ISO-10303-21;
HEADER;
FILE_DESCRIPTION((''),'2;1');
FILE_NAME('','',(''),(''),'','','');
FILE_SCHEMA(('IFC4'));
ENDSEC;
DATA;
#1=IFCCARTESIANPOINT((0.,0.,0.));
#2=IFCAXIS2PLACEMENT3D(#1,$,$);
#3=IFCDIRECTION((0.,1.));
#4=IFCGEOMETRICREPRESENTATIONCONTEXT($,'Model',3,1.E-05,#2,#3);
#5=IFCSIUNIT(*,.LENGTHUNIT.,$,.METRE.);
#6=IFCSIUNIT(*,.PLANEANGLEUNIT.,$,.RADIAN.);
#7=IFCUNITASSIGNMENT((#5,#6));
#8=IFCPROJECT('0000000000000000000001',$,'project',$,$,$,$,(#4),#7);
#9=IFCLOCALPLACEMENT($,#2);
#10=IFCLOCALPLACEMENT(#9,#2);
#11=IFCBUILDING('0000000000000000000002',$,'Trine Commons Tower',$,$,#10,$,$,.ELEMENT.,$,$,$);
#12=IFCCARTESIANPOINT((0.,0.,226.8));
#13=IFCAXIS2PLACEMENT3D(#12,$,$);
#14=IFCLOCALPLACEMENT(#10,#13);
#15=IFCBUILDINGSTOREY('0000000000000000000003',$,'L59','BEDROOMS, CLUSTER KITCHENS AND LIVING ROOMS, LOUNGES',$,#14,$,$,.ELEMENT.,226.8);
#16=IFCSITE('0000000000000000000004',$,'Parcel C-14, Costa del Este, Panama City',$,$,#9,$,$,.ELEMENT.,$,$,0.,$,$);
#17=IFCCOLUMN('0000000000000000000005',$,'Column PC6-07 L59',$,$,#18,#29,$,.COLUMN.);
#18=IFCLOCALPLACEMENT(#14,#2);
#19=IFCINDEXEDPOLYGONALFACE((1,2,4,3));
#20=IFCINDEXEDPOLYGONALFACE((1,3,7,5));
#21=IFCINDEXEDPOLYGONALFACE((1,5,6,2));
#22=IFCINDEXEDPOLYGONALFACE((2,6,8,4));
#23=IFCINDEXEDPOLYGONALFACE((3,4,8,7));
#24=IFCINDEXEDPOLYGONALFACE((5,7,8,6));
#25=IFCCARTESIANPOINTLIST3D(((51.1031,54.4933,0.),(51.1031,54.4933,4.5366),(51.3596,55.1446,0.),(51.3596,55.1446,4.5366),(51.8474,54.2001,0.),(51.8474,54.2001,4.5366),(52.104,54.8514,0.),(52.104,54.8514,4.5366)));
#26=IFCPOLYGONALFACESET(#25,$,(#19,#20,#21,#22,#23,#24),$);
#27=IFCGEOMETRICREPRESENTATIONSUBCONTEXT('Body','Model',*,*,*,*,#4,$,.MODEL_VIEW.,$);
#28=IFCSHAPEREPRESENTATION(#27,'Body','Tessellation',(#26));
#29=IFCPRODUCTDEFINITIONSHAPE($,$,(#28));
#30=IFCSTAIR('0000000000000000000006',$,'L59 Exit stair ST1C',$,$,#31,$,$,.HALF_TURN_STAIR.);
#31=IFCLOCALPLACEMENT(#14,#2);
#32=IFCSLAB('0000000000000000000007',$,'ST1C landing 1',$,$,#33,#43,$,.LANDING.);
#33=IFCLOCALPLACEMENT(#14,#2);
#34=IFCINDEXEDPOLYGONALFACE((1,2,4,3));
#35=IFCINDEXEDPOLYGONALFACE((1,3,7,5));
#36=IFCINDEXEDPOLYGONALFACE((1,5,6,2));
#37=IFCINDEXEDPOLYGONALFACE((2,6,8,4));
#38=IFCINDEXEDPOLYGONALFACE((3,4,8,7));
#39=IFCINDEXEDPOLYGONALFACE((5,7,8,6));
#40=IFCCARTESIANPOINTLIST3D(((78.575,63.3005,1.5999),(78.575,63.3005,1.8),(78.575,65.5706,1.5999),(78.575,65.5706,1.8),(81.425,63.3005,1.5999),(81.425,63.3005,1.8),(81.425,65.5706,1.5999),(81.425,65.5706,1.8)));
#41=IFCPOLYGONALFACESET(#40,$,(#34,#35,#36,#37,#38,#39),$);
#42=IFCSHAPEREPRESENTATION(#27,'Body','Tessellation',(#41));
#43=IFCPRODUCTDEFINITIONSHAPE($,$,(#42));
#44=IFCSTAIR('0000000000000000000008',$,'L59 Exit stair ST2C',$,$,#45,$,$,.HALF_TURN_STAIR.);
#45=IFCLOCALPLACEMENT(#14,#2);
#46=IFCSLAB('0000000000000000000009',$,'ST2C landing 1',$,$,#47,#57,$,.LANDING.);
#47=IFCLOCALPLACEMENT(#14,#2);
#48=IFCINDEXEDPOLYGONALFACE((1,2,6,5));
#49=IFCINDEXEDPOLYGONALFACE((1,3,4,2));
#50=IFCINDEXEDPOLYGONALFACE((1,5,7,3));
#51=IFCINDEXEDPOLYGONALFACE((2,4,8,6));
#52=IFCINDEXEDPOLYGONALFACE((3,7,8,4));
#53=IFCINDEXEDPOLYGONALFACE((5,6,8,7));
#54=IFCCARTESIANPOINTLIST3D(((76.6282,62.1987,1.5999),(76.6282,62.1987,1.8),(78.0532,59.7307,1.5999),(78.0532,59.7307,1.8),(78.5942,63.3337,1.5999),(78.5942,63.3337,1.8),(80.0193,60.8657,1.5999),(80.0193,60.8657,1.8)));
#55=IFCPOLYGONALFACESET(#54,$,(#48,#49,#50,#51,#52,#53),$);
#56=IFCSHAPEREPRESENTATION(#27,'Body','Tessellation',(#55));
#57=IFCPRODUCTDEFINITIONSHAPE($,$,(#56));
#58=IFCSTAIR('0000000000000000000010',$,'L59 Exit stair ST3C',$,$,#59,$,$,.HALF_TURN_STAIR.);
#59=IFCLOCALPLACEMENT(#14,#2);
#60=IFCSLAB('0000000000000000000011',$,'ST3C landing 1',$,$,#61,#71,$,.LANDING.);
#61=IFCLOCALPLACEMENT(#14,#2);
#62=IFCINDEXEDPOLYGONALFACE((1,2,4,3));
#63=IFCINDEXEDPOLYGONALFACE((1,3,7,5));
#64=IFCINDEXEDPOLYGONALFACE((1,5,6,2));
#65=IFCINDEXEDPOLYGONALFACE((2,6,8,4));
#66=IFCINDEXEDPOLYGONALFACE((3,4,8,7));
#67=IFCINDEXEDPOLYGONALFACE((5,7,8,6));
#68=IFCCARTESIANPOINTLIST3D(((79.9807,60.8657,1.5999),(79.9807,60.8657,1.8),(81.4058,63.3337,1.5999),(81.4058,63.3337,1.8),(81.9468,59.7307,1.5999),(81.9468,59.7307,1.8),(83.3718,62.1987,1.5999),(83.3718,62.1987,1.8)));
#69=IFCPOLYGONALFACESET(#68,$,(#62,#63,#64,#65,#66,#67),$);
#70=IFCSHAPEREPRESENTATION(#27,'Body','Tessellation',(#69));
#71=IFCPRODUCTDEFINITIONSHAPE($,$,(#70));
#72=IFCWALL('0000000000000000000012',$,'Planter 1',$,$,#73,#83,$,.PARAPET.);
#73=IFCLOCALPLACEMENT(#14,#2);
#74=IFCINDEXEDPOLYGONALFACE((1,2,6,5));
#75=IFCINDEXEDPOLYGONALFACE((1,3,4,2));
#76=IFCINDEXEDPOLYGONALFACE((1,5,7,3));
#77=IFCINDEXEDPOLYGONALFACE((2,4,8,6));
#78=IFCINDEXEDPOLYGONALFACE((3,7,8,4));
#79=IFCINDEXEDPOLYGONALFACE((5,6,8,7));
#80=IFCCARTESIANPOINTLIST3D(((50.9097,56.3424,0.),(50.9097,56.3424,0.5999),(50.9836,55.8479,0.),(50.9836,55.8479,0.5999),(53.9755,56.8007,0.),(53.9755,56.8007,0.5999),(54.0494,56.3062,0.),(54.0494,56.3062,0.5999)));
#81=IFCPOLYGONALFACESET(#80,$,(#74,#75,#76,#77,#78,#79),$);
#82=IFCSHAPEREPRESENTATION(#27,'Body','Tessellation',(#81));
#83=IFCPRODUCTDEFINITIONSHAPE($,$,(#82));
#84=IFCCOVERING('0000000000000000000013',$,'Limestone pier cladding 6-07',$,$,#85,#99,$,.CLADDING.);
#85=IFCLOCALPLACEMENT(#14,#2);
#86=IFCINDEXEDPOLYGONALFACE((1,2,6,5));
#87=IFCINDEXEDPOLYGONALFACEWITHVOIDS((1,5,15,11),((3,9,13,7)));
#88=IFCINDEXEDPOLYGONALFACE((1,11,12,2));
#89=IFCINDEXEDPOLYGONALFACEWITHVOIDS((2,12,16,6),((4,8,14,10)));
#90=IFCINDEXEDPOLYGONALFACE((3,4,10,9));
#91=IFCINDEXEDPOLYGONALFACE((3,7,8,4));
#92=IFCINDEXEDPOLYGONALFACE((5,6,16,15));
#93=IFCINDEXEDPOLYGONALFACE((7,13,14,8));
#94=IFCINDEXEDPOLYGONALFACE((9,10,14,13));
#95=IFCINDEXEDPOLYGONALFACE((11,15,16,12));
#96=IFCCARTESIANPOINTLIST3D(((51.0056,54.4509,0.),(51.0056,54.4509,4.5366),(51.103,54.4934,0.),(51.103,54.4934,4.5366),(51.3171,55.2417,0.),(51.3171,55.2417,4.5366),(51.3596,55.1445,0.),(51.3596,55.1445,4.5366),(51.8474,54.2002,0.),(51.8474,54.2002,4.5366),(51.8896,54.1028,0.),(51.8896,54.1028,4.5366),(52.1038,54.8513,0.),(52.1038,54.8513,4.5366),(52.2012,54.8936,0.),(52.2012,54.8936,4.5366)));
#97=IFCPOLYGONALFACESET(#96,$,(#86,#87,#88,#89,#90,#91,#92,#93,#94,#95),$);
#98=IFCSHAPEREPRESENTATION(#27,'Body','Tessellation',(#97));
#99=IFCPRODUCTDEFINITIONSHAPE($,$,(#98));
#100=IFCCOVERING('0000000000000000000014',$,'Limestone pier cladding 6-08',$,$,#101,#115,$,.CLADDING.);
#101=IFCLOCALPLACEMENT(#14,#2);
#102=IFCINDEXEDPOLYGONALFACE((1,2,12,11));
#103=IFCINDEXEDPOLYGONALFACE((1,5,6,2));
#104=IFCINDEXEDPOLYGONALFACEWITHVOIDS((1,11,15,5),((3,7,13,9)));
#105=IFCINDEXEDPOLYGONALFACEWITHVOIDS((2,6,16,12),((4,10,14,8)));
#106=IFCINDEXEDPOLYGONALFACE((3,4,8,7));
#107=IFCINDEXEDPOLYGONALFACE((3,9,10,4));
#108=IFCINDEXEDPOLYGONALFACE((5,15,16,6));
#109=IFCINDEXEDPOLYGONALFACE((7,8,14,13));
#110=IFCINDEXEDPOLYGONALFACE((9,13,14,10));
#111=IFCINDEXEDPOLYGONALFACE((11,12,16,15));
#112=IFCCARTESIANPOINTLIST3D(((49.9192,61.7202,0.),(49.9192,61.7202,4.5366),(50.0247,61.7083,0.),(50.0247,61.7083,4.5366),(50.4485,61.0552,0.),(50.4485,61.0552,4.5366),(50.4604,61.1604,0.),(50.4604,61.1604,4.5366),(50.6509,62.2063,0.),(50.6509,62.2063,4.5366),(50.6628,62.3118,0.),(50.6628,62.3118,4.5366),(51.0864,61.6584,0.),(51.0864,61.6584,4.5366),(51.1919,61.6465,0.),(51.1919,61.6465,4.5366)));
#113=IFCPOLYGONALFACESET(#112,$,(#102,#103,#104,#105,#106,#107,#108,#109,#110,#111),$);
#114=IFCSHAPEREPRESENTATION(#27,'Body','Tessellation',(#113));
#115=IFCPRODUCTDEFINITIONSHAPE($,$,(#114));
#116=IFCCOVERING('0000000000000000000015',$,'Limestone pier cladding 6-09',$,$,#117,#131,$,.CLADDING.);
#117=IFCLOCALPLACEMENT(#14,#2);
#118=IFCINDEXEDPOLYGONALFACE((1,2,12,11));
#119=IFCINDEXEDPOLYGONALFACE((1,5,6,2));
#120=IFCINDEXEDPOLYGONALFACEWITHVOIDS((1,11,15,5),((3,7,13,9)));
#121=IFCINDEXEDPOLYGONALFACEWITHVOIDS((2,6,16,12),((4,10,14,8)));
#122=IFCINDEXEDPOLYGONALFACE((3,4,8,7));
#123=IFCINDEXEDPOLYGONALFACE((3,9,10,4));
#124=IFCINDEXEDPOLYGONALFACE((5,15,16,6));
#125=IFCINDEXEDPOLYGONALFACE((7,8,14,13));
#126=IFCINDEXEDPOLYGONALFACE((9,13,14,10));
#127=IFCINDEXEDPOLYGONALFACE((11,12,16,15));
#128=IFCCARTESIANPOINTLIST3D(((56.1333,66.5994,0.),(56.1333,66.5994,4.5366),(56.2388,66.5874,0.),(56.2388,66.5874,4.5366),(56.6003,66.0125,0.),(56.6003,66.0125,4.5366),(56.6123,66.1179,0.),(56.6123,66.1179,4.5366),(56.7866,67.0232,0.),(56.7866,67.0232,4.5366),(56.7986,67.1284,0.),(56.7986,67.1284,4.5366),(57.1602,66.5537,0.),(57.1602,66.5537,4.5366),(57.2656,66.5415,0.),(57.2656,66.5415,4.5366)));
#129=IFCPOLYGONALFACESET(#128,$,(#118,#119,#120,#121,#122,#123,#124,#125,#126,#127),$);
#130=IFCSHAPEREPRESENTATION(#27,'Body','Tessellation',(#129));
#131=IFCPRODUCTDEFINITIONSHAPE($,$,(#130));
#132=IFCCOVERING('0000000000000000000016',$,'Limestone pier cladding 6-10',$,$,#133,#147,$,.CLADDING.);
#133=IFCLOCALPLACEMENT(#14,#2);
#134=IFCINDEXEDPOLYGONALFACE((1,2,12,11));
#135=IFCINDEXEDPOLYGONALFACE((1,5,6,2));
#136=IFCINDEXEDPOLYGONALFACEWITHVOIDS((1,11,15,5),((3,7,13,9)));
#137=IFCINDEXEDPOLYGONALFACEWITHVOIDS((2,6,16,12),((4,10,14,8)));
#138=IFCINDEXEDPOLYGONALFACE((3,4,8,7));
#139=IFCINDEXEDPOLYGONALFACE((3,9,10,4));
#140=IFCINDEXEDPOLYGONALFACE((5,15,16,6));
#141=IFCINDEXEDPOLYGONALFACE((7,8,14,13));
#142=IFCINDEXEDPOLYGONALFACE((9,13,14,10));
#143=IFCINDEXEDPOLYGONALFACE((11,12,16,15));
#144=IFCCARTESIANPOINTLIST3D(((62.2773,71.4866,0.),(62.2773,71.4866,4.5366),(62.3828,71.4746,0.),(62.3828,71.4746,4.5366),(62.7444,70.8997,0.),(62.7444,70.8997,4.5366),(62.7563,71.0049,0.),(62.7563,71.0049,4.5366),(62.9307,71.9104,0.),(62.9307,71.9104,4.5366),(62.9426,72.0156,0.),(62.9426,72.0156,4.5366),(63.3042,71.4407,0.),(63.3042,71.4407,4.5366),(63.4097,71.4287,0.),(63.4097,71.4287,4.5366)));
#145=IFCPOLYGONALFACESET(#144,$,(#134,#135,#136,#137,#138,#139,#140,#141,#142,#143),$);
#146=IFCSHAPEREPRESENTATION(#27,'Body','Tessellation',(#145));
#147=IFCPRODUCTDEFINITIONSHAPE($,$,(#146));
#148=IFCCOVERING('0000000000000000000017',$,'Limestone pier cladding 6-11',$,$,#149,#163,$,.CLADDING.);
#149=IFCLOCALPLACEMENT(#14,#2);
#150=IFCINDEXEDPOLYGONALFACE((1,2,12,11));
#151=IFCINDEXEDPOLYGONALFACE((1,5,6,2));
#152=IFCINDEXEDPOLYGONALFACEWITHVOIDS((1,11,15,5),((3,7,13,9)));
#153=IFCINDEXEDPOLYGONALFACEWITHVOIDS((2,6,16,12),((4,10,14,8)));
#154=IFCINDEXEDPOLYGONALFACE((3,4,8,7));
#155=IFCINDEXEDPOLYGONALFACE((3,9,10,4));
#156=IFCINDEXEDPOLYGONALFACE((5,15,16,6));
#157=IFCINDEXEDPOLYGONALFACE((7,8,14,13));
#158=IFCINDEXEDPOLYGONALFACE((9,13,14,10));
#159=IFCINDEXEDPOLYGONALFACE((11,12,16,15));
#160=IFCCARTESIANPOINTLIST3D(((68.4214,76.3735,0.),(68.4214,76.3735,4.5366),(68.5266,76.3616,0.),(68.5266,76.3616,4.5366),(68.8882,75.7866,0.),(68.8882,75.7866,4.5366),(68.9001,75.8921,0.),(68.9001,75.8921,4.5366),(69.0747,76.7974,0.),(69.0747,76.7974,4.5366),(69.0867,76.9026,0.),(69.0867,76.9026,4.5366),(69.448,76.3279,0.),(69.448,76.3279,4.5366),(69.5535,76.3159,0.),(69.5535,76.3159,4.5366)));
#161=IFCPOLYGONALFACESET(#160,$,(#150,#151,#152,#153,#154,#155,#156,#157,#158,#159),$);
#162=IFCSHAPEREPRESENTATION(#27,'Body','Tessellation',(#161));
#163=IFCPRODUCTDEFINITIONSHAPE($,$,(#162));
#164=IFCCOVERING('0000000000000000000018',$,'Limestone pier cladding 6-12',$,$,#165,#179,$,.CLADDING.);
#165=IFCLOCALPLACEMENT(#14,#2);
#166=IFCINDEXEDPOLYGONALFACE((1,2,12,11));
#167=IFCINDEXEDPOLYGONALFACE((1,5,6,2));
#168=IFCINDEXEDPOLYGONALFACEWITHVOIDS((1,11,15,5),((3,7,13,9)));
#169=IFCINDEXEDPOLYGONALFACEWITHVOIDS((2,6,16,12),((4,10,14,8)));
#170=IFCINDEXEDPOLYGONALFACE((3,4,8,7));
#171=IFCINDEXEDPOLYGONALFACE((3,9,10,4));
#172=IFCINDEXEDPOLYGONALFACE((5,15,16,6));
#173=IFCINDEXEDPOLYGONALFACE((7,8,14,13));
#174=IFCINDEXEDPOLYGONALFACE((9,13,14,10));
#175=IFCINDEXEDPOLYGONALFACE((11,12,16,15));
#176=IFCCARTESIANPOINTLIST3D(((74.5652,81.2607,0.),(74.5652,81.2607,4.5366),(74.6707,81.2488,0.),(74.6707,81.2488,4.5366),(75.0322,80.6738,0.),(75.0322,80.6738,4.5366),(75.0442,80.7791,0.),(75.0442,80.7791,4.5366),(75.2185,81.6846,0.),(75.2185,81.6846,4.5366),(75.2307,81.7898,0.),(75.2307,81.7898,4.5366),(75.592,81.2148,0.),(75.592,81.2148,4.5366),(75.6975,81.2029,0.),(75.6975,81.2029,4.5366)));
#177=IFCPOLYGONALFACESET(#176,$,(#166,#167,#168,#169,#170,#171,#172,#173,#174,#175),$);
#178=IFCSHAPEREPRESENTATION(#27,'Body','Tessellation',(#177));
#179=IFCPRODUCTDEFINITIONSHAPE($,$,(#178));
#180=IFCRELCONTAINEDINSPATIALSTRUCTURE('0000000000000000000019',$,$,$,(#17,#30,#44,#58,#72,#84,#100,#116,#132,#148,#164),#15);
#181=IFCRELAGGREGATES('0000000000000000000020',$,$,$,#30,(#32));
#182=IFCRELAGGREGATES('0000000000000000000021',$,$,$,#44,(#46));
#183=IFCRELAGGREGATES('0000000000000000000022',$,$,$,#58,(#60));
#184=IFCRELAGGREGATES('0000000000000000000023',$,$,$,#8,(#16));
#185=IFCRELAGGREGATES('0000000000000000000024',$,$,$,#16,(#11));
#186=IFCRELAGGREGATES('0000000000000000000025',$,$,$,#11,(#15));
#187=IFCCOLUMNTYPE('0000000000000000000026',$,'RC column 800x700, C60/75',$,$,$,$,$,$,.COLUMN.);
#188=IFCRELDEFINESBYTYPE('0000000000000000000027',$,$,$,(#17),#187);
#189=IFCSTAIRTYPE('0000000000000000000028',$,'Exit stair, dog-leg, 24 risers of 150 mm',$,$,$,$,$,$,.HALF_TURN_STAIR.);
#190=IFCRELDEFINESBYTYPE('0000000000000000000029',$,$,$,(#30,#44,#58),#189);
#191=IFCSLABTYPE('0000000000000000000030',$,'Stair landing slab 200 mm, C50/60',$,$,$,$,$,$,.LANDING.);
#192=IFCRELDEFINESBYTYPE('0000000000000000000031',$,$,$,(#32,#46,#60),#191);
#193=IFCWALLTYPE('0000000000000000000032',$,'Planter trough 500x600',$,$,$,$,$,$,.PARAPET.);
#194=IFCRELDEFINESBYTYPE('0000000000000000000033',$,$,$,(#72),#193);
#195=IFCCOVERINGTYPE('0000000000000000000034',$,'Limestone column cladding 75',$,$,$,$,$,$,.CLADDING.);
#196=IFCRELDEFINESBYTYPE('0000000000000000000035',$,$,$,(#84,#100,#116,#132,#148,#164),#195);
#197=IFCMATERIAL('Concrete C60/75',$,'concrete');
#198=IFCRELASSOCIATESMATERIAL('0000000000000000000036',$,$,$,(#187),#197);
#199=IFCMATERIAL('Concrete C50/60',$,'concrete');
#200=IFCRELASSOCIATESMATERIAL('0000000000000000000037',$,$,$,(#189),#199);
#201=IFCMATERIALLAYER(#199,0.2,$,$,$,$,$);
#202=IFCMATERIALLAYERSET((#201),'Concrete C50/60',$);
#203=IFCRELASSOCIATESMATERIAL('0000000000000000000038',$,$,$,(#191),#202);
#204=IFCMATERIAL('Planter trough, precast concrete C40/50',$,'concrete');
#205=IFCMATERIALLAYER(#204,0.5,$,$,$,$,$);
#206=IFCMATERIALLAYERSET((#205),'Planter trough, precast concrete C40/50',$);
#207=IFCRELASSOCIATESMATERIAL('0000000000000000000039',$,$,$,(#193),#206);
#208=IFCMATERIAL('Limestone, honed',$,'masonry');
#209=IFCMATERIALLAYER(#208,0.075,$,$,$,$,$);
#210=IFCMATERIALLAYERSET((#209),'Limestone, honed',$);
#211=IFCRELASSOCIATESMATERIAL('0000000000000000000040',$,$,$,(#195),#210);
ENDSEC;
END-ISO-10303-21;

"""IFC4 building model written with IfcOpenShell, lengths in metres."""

from ifc_helpers import new_model, si_unit, direction, frame, frame_2d, origin, origin_2d, place, context, subcontext, project, spatial, polyline, rectangle, outline, extrude, material, layer, layer_set, material_profile, profile_set, type_object, element, aggregate, save


model = new_model("IFC4")

# Units and contexts
model_context = context("Model", 3, precision=1e-05, world=origin(), true_north=direction((0.0, 1.0)))
body_context = subcontext(model_context, "Body", "Model", "MODEL_VIEW")
ifc_project = project(units=[si_unit("LENGTHUNIT", "METRE"), si_unit("PLANEANGLEUNIT", "RADIAN")], contexts=[model_context])

# Site, building, storey
site_placement = place(None, origin())
site = spatial("IfcSite", under=ifc_project, at=site_placement, Name="Parcel C-14, Costa del Este, Panama City", CompositionType="ELEMENT", RefElevation=0.0)
building_placement = place(site_placement, origin())
building = spatial("IfcBuilding", under=site, at=building_placement, Name="Trine Commons Tower", CompositionType="ELEMENT")
storey_placement = place(building_placement, frame((0.0, 0.0, 226.8)))
storey = spatial("IfcBuildingStorey", under=building, at=storey_placement, Name="L59", Description="BEDROOMS, CLUSTER KITCHENS AND LIVING ROOMS, LOUNGES", CompositionType="ELEMENT", Elevation=226.8)

# Column
ifc_material_1 = material(Name="Concrete C60/75", Category="concrete")
ifc_material_profile = material_profile(ifc_material_1, rectangle(XDim=0.8, YDim=0.7, at=origin_2d()), Name="RC 800x700")
ifc_profile_set = profile_set([ifc_material_profile], Name="Concrete C60/75")
column_type = type_object("IfcColumnType", Name="RC column 800x700, C60/75", PredefinedType="COLUMN", material=ifc_profile_set)
column_placement = place(storey_placement, frame((51.6035, 54.6724, 0.0), z_axis=(0.0, 0.0, 1.0), x_axis=(-0.930418, 0.366501, 0.0)))
element("IfcColumn", 1, at=column_placement, inside=storey, type_object=column_type, Name="Column PC6-07 L59", PredefinedType="COLUMN", context=body_context, shape_type="SweptSolid", body=[
    extrude(rectangle(XDim=0.8, YDim=0.7, at=origin_2d()), origin(), (0.0, 0.0, 1.0), 4.5366),
])

# Stairs, slabs
ifc_material_2 = material(Name="Concrete C50/60", Category="concrete")
stair_type = type_object("IfcStairType", Name="Exit stair, dog-leg, 24 risers of 150 mm", PredefinedType="HALF_TURN_STAIR", material=ifc_material_2)
stair_1_placement = place(storey_placement, origin())
stair_1 = element("IfcStair", 2, at=stair_1_placement, inside=storey, type_object=stair_type, Name="L59 Exit stair ST1C", PredefinedType="HALF_TURN_STAIR")
ifc_layer_1 = layer(ifc_material_2, 0.2)
ifc_layer_set_1 = layer_set([ifc_layer_1], Name="Concrete C50/60")
slab_type = type_object("IfcSlabType", Name="Stair landing slab 200 mm, C50/60", PredefinedType="LANDING", material=ifc_layer_set_1)
slab_1_placement = place(storey_placement, frame((0.0, 0.0, 1.5999)))
slab_1 = element("IfcSlab", 3, at=slab_1_placement, type_object=slab_type, Name="ST1C landing 1", PredefinedType="LANDING", context=body_context, shape_type="SweptSolid", body=[
    extrude(outline(polyline([(78.575, 65.5706), (78.575, 63.3005), (81.425, 63.3005), (81.425, 65.5706), (78.575, 65.5706)])), origin(), (0.0, 0.0, 1.0), 0.2002),
])
aggregate(stair_1, [slab_1])
stair_2_placement = place(storey_placement, origin())
stair_2 = element("IfcStair", 4, at=stair_2_placement, inside=storey, type_object=stair_type, Name="L59 Exit stair ST2C", PredefinedType="HALF_TURN_STAIR")
slab_2_placement = place(storey_placement, frame((0.0, 0.0, 1.5999)))
slab_2 = element("IfcSlab", 5, at=slab_2_placement, type_object=slab_type, Name="ST2C landing 1", PredefinedType="LANDING", context=body_context, shape_type="SweptSolid", body=[
    extrude(outline(polyline([(78.0532, 59.7307), (80.0193, 60.8657), (78.5942, 63.3337), (76.6282, 62.1987), (78.0532, 59.7307)])), origin(), (0.0, 0.0, 1.0), 0.2002),
])
aggregate(stair_2, [slab_2])
stair_3_placement = place(storey_placement, origin())
stair_3 = element("IfcStair", 6, at=stair_3_placement, inside=storey, type_object=stair_type, Name="L59 Exit stair ST3C", PredefinedType="HALF_TURN_STAIR")
slab_3_placement = place(storey_placement, frame((0.0, 0.0, 1.5999)))
slab_3 = element("IfcSlab", 7, at=slab_3_placement, type_object=slab_type, Name="ST3C landing 1", PredefinedType="LANDING", context=body_context, shape_type="SweptSolid", body=[
    extrude(outline(polyline([(83.3718, 62.1987), (81.4058, 63.3337), (79.9807, 60.8657), (81.9468, 59.7307), (83.3718, 62.1987)])), origin(), (0.0, 0.0, 1.0), 0.2002),
])
aggregate(stair_3, [slab_3])

# Wall
ifc_material_3 = material(Name="Planter trough, precast concrete C40/50", Category="concrete")
ifc_layer_2 = layer(ifc_material_3, 0.5)
ifc_layer_set_2 = layer_set([ifc_layer_2], Name="Planter trough, precast concrete C40/50")
wall_type = type_object("IfcWallType", Name="Planter trough 500x600", PredefinedType="PARAPET", material=ifc_layer_set_2)
wall_placement = place(storey_placement, frame((50.9468, 56.0952, 0.0), z_axis=(0.0, 0.0, 1.0), x_axis=(0.989012, 0.147836, 0.0)))
element("IfcWall", 8, at=wall_placement, inside=storey, type_object=wall_type, Name="Planter 1", PredefinedType="PARAPET", context=body_context, shape_type="SweptSolid", body=[
    extrude(rectangle(XDim=3.0999, YDim=0.5, at=frame_2d((1.5498, 0.0))), origin(), (0.0, 0.0, 1.0), 0.5999),
])

# Coverings
ifc_material_4 = material(Name="Limestone, honed", Category="masonry")
ifc_layer_3 = layer(ifc_material_4, 0.075)
ifc_layer_set_3 = layer_set([ifc_layer_3], Name="Limestone, honed")
covering_type_1 = type_object("IfcCoveringType", Name="Limestone column cladding 75", PredefinedType="CLADDING", material=ifc_layer_set_3)
covering_1_placement = place(storey_placement, origin())
element("IfcCovering", 9, at=covering_1_placement, inside=storey, type_object=covering_type_1, Name="Limestone pier cladding 6-07", PredefinedType="CLADDING", context=body_context, shape_type="SweptSolid", body=[
    extrude(outline(polyline([(51.3171, 55.2417), (51.0056, 54.4509), (51.8896, 54.1028), (52.2012, 54.8936), (51.3171, 55.2417)]), holes=[polyline([(51.3596, 55.1445), (51.103, 54.4934), (51.8474, 54.2002), (52.1038, 54.8513), (51.3596, 55.1445)])]), origin(), (0.0, 0.0, 1.0), 4.5366),
])
covering_2_placement = place(storey_placement, origin())
element("IfcCovering", 10, at=covering_2_placement, inside=storey, type_object=covering_type_1, Name="Limestone pier cladding 6-08", PredefinedType="CLADDING", context=body_context, shape_type="SweptSolid", body=[
    extrude(outline(polyline([(51.1919, 61.6465), (50.6628, 62.3118), (49.9192, 61.7202), (50.4485, 61.0552), (51.1919, 61.6465)]), holes=[polyline([(51.0864, 61.6584), (50.6509, 62.2063), (50.0247, 61.7083), (50.4604, 61.1604), (51.0864, 61.6584)])]), origin(), (0.0, 0.0, 1.0), 4.5366),
])
covering_3_placement = place(storey_placement, origin())
element("IfcCovering", 11, at=covering_3_placement, inside=storey, type_object=covering_type_1, Name="Limestone pier cladding 6-09", PredefinedType="CLADDING", context=body_context, shape_type="SweptSolid", body=[
    extrude(outline(polyline([(57.2656, 66.5415), (56.7986, 67.1284), (56.1333, 66.5994), (56.6003, 66.0125), (57.2656, 66.5415)]), holes=[polyline([(57.1602, 66.5537), (56.7866, 67.0232), (56.2388, 66.5874), (56.6123, 66.1179), (57.1602, 66.5537)])]), origin(), (0.0, 0.0, 1.0), 4.5366),
])
covering_4_placement = place(storey_placement, origin())
element("IfcCovering", 12, at=covering_4_placement, inside=storey, type_object=covering_type_1, Name="Limestone pier cladding 6-10", PredefinedType="CLADDING", context=body_context, shape_type="SweptSolid", body=[
    extrude(outline(polyline([(63.4097, 71.4287), (62.9426, 72.0156), (62.2773, 71.4866), (62.7444, 70.8997), (63.4097, 71.4287)]), holes=[polyline([(63.3042, 71.4407), (62.9307, 71.9104), (62.3828, 71.4746), (62.7563, 71.0049), (63.3042, 71.4407)])]), origin(), (0.0, 0.0, 1.0), 4.5366),
])
covering_5_placement = place(storey_placement, origin())
element("IfcCovering", 13, at=covering_5_placement, inside=storey, type_object=covering_type_1, Name="Limestone pier cladding 6-11", PredefinedType="CLADDING", context=body_context, shape_type="SweptSolid", body=[
    extrude(outline(polyline([(69.5535, 76.3159), (69.0867, 76.9026), (68.4214, 76.3735), (68.8882, 75.7866), (69.5535, 76.3159)]), holes=[polyline([(69.448, 76.3279), (69.0747, 76.7974), (68.5266, 76.3616), (68.9001, 75.8921), (69.448, 76.3279)])]), origin(), (0.0, 0.0, 1.0), 4.5366),
])
covering_6_placement = place(storey_placement, origin())
element("IfcCovering", 14, at=covering_6_placement, inside=storey, type_object=covering_type_1, Name="Limestone pier cladding 6-12", PredefinedType="CLADDING", context=body_context, shape_type="SweptSolid", body=[
    extrude(outline(polyline([(75.6975, 81.2029), (75.2307, 81.7898), (74.5652, 81.2607), (75.0322, 80.6738), (75.6975, 81.2029)]), holes=[polyline([(75.592, 81.2148), (75.2185, 81.6846), (74.6707, 81.2488), (75.0442, 80.7791), (75.592, 81.2148)])]), origin(), (0.0, 0.0, 1.0), 4.5366),
])

save(model, "model.ifc")
